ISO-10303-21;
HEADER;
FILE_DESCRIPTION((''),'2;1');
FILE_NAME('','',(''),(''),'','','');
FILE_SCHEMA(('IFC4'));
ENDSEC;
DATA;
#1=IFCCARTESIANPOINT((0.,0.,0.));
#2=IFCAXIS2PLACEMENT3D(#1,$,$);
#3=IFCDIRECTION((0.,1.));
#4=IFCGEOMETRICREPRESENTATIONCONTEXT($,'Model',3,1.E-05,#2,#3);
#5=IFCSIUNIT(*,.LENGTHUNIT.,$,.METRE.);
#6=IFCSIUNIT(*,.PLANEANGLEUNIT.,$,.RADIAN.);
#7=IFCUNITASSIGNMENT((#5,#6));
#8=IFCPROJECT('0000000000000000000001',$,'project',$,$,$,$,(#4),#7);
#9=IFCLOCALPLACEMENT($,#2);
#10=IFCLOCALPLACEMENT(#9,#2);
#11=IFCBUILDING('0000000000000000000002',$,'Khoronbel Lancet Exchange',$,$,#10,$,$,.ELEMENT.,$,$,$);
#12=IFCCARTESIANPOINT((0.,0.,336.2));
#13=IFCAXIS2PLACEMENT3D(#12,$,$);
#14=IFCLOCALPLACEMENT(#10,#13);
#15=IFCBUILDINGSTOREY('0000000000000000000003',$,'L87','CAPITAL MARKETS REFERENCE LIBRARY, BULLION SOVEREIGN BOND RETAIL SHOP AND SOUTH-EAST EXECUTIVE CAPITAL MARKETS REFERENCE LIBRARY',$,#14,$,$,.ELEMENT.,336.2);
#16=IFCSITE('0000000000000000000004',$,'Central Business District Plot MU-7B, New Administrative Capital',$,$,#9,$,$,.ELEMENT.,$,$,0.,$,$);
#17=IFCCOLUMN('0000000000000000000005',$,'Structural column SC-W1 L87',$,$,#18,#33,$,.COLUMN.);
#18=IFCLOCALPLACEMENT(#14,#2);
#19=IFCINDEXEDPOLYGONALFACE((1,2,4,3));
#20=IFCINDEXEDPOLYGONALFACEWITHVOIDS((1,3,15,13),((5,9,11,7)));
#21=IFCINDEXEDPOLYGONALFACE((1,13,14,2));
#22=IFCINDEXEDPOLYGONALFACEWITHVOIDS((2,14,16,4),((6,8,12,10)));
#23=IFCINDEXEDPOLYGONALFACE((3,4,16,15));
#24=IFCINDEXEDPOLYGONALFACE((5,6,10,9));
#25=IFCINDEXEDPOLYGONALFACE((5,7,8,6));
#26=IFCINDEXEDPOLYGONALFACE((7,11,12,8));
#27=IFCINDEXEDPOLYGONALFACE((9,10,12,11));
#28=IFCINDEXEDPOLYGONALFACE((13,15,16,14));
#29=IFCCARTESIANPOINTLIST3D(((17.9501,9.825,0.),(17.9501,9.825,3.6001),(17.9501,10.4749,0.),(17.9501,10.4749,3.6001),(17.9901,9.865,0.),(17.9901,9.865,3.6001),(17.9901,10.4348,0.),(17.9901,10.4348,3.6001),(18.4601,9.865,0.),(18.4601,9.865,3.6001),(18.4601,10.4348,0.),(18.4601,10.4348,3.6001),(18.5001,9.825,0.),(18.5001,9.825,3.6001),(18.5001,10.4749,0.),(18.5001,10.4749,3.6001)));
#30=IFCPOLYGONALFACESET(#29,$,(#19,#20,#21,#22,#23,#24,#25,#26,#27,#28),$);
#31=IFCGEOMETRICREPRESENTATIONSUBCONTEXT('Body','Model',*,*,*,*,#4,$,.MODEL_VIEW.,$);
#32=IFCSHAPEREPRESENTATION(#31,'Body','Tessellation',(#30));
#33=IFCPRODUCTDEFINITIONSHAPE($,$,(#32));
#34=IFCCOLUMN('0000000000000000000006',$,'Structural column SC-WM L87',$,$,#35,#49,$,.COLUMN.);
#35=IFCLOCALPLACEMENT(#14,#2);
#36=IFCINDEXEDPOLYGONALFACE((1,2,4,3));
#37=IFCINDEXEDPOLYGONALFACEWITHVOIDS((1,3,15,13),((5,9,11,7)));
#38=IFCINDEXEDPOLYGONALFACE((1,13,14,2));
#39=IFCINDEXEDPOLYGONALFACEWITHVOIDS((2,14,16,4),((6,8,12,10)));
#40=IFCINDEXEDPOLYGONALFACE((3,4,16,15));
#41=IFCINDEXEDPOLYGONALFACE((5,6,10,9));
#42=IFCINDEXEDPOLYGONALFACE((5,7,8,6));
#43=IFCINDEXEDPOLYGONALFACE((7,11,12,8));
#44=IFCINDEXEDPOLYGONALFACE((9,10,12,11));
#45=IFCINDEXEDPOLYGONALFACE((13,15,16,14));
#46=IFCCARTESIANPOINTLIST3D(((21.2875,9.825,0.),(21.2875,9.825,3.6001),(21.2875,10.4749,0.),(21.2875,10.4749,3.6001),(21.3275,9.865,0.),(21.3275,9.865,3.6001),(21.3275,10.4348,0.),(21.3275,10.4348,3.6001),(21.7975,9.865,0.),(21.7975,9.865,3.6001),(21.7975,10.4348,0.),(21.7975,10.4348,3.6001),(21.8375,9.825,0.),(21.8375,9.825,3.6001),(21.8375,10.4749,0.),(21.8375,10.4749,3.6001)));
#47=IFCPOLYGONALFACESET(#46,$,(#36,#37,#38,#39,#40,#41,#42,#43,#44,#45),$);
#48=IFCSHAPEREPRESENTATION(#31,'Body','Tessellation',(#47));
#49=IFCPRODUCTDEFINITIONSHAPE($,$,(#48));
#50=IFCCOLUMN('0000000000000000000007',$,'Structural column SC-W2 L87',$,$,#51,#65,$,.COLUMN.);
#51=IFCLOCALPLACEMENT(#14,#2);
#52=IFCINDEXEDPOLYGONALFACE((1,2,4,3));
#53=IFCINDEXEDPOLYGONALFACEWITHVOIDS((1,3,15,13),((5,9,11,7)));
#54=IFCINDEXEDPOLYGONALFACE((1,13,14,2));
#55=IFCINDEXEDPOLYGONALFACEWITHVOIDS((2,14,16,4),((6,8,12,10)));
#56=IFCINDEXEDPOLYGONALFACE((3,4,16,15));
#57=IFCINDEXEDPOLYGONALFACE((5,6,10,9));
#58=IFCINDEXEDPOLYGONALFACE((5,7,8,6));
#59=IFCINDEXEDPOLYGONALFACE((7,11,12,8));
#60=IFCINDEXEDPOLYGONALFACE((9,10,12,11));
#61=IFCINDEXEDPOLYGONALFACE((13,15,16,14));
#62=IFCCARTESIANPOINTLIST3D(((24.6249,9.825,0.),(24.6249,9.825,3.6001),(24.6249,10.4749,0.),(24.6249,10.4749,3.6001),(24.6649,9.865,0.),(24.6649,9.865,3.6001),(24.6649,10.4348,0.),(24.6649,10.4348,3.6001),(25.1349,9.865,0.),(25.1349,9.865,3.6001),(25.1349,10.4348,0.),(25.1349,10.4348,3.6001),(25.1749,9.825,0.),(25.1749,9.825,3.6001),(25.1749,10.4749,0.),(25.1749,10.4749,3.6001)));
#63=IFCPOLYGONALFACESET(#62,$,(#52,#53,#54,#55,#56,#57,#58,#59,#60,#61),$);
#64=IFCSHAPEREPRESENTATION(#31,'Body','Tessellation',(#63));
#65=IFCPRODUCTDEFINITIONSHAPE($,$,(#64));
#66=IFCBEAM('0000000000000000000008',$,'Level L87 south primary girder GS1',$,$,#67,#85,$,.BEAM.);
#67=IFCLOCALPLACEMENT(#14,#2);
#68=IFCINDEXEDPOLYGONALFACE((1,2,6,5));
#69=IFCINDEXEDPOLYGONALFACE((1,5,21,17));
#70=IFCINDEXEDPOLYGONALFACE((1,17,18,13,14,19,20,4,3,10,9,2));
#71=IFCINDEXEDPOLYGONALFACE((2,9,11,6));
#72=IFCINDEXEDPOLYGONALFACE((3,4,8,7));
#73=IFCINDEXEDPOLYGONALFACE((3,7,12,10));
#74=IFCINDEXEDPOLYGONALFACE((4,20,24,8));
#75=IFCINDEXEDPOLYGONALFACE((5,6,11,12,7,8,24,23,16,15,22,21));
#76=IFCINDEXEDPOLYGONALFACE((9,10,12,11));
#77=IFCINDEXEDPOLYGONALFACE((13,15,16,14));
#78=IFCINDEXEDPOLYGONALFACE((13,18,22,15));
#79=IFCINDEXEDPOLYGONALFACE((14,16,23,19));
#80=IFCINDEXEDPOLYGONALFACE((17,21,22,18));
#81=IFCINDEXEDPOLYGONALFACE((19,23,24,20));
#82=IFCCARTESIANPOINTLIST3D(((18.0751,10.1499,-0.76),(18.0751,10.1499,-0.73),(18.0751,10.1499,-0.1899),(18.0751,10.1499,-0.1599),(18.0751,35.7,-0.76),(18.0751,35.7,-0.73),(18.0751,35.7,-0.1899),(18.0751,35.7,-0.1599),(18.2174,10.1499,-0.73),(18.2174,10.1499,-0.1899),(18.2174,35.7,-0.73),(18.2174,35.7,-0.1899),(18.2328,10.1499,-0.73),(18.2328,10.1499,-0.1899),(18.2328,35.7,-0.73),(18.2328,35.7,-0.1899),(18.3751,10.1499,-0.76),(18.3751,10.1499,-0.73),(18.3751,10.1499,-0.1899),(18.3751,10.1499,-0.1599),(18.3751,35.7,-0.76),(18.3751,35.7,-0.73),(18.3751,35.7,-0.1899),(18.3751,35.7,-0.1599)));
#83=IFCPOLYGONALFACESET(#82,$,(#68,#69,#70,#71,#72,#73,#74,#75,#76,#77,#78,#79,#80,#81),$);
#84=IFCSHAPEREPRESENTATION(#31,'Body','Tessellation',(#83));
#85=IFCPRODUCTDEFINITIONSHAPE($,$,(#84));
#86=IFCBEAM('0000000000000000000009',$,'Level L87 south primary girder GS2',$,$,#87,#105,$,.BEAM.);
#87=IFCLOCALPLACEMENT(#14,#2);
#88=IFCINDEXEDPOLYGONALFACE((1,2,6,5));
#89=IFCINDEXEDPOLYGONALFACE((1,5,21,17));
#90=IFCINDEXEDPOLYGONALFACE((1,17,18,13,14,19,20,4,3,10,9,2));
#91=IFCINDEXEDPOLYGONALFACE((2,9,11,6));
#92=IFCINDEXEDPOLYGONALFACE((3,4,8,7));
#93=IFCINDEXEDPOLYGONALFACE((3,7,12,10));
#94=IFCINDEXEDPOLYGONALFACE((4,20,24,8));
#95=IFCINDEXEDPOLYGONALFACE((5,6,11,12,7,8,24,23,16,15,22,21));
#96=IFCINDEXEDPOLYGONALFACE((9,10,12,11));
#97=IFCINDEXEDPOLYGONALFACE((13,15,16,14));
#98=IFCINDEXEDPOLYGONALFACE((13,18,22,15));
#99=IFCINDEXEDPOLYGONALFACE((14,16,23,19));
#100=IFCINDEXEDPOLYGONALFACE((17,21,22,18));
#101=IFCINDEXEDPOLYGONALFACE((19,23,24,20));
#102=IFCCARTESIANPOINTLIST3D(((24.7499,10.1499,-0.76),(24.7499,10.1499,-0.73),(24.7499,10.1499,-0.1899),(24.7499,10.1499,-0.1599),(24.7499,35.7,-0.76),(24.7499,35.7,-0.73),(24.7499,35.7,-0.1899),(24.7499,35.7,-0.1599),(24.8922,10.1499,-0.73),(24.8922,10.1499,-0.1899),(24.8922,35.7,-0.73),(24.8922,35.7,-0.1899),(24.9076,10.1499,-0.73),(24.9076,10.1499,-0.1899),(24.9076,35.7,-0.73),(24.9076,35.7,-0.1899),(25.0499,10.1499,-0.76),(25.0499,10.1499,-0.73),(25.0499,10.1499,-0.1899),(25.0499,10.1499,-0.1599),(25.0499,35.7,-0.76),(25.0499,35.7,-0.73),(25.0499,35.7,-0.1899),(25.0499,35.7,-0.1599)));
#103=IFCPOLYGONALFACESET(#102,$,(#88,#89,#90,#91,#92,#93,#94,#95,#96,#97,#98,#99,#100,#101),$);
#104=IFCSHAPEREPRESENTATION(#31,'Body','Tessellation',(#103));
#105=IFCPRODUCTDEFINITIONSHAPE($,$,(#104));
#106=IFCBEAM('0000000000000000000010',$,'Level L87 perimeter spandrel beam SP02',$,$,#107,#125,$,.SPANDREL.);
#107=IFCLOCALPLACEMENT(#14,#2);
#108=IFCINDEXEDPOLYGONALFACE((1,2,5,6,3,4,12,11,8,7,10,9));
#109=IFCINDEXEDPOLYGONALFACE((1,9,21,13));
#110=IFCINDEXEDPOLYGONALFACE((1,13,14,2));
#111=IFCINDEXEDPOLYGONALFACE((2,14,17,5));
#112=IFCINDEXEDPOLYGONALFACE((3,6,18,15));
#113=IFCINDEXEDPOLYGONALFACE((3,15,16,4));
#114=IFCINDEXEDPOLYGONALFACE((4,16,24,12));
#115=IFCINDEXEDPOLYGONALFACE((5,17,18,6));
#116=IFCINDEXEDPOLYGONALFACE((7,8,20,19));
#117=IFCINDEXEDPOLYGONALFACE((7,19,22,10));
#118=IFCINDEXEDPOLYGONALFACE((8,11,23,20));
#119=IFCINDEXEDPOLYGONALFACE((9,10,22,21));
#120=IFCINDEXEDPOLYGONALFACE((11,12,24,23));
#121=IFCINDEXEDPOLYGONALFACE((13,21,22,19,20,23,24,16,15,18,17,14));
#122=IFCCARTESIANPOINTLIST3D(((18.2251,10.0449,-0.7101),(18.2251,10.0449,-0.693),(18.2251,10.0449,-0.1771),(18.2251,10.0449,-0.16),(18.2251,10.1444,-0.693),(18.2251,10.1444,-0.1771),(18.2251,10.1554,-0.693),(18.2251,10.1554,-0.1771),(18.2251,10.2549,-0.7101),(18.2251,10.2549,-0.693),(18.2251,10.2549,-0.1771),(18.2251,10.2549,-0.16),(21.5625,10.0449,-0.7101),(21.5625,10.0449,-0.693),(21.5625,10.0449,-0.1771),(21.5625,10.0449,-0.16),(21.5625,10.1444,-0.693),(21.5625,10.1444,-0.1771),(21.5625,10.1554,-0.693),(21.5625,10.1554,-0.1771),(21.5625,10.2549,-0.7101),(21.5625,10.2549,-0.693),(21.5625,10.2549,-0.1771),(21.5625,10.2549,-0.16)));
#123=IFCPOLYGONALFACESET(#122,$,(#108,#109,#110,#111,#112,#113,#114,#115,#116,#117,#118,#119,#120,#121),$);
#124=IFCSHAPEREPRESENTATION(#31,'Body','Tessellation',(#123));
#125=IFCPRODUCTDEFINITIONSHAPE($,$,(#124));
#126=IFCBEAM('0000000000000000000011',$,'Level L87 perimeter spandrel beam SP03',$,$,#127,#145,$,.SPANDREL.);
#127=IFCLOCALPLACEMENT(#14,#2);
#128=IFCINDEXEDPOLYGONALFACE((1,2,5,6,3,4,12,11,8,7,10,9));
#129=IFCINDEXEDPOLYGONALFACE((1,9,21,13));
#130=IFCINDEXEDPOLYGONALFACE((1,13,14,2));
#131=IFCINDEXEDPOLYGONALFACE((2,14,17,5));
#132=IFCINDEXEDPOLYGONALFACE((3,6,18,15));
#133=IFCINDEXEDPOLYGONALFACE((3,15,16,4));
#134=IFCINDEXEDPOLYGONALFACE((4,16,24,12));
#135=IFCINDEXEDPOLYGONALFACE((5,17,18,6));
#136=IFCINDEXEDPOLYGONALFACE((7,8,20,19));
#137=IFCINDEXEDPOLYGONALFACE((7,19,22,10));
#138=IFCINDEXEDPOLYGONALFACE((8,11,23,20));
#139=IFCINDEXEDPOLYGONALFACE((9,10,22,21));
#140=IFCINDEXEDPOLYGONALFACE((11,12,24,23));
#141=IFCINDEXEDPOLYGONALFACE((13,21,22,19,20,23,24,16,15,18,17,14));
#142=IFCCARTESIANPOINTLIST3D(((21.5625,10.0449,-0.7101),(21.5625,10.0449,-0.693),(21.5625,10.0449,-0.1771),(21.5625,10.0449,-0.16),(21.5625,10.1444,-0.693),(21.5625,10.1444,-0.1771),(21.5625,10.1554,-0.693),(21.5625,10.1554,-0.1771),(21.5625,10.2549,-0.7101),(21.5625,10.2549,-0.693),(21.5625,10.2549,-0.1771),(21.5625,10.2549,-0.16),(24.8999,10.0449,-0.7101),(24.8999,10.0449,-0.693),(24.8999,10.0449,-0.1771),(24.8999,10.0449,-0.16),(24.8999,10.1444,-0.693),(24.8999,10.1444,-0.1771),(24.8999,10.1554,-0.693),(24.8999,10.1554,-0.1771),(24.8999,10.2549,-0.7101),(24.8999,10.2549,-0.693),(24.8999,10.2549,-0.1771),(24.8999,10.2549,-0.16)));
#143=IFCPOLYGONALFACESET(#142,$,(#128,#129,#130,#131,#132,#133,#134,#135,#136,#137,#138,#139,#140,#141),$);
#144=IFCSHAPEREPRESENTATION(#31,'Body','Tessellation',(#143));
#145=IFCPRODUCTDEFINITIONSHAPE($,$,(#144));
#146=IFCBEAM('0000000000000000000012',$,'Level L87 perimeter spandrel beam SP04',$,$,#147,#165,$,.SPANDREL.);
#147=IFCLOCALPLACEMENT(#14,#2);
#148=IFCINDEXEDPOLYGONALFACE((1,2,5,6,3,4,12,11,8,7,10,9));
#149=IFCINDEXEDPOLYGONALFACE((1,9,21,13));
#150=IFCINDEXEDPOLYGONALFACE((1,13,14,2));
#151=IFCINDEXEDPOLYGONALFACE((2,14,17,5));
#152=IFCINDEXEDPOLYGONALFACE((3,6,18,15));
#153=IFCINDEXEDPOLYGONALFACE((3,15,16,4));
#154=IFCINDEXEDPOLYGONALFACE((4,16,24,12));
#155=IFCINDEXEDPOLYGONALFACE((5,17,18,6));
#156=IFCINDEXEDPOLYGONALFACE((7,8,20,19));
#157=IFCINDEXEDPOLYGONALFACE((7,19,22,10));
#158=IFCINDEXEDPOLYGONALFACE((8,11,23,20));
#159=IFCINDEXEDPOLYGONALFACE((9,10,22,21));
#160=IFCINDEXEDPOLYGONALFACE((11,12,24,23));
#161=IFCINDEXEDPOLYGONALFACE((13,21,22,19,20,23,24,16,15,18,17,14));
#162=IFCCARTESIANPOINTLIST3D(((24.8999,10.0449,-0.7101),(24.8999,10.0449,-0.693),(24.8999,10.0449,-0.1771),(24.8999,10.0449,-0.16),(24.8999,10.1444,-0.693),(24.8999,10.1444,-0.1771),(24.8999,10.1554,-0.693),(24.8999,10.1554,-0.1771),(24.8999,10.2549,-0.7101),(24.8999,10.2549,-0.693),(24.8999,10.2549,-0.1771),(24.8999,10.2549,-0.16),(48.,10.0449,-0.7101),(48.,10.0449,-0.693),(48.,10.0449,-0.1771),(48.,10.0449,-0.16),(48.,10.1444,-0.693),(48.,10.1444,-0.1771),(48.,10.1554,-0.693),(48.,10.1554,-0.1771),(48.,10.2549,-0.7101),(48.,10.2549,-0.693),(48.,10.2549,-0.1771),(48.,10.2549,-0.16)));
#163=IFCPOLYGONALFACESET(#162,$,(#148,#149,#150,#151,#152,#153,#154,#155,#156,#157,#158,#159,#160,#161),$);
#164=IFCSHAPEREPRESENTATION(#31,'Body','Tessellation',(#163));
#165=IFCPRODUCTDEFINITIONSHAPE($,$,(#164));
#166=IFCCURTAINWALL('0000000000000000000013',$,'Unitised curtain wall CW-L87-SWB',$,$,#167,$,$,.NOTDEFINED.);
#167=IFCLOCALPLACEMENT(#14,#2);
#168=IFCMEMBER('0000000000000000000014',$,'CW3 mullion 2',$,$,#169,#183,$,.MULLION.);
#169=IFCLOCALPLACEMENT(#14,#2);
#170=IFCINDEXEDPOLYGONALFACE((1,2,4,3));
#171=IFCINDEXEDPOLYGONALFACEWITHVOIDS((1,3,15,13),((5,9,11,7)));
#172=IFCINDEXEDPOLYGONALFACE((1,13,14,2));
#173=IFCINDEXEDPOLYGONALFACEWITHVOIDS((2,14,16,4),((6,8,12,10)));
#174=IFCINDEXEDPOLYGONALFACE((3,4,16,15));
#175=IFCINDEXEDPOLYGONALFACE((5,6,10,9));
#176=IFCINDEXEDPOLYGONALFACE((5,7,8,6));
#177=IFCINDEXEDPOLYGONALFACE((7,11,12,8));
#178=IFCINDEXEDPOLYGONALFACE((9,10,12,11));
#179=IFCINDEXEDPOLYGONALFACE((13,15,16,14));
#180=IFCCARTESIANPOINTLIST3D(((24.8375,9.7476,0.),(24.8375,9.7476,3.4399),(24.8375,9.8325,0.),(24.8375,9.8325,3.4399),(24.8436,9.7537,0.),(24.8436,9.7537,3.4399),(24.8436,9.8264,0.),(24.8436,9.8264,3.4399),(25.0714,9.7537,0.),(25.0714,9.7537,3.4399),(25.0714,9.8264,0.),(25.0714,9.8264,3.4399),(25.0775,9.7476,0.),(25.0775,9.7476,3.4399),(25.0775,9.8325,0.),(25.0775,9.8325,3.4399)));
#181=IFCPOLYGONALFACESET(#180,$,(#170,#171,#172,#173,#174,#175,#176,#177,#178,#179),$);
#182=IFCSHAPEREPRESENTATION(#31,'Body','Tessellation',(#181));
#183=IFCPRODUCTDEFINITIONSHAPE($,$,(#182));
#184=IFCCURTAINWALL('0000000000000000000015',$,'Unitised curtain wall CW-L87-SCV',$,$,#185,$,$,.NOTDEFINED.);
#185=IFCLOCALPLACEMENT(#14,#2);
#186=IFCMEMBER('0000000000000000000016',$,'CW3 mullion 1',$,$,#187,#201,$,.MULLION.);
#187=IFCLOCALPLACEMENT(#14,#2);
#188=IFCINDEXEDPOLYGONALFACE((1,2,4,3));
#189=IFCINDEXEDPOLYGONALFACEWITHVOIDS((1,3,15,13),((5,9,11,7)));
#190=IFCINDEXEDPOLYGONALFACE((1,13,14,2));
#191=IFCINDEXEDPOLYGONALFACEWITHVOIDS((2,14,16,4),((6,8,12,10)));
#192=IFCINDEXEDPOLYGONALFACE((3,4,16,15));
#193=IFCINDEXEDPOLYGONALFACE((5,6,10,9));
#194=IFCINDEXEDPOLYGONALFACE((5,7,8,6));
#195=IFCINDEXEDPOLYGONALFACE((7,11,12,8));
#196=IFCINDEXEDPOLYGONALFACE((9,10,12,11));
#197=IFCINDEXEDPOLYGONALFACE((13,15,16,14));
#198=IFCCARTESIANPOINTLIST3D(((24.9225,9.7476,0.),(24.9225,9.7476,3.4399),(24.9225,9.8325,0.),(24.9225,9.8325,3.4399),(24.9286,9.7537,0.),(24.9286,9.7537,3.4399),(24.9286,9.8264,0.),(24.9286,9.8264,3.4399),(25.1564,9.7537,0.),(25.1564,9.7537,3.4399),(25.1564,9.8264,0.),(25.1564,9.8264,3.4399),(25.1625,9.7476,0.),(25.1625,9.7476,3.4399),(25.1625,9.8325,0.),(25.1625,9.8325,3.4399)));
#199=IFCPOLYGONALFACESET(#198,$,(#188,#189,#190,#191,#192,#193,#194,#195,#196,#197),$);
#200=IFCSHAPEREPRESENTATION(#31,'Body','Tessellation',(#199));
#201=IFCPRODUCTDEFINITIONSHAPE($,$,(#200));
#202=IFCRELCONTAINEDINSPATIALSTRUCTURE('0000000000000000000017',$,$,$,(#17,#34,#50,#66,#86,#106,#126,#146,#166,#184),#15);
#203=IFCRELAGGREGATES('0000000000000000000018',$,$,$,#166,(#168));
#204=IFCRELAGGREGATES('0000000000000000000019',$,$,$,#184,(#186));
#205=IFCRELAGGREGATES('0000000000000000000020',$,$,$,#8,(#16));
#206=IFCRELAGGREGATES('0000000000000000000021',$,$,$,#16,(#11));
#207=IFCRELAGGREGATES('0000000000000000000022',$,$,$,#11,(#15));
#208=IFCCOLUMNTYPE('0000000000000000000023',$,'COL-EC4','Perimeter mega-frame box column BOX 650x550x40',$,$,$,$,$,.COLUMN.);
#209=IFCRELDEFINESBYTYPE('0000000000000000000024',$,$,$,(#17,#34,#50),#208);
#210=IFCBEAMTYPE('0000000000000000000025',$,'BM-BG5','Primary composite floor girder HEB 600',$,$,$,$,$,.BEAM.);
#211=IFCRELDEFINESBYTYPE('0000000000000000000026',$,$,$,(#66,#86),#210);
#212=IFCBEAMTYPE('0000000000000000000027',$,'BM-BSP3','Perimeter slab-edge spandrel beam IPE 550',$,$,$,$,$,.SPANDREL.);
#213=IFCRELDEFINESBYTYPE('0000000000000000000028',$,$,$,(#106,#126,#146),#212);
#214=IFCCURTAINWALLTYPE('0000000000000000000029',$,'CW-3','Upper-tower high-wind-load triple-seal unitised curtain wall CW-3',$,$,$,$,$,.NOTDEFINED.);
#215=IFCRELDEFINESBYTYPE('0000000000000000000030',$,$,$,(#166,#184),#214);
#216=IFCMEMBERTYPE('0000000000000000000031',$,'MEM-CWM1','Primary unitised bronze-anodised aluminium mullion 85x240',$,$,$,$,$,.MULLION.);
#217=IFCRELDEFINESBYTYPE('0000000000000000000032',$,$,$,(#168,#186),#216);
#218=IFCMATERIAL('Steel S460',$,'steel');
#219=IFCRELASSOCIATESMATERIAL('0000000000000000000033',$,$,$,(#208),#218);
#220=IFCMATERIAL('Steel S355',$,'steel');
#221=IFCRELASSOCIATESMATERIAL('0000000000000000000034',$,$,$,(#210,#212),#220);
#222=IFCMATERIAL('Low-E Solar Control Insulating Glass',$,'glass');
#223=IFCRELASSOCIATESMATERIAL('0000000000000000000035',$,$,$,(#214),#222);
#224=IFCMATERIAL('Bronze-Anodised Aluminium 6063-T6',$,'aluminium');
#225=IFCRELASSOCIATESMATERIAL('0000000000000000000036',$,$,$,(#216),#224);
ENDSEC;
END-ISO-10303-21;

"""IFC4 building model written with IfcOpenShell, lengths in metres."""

from ifc_helpers import new_model, si_unit, direction, frame, origin, origin_2d, place, context, subcontext, project, spatial, hollow_rectangle, i_section, extrude, material, material_profile, profile_set, type_object, element, aggregate, save


model = new_model("IFC4")

# Units and contexts
model_context = context("Model", 3, precision=1e-05, world=origin(), true_north=direction((0.0, 1.0)))
body_context = subcontext(model_context, "Body", "Model", "MODEL_VIEW")
ifc_project = project(units=[si_unit("LENGTHUNIT", "METRE"), si_unit("PLANEANGLEUNIT", "RADIAN")], contexts=[model_context])

# Site, building, storey
site_placement = place(None, origin())
site = spatial("IfcSite", under=ifc_project, at=site_placement, Name="Central Business District Plot MU-7B, New Administrative Capital", CompositionType="ELEMENT", RefElevation=0.0)
building_placement = place(site_placement, origin())
building = spatial("IfcBuilding", under=site, at=building_placement, Name="Khoronbel Lancet Exchange", CompositionType="ELEMENT")
storey_placement = place(building_placement, frame((0.0, 0.0, 336.2)))
storey = spatial("IfcBuildingStorey", under=building, at=storey_placement, Name="L87", Description="CAPITAL MARKETS REFERENCE LIBRARY, BULLION SOVEREIGN BOND RETAIL SHOP AND SOUTH-EAST EXECUTIVE CAPITAL MARKETS REFERENCE LIBRARY", CompositionType="ELEMENT", Elevation=336.2)

# Columns
ifc_material_1 = material(Name="Steel S460", Category="steel")
ifc_material_profile_1 = material_profile(ifc_material_1, hollow_rectangle(XDim=0.55, YDim=0.6499, WallThickness=0.04, at=origin_2d()), Name="BOX 650x550x40")
ifc_profile_set_1 = profile_set([ifc_material_profile_1], Name="Steel S460")
column_type = type_object("IfcColumnType", Name="COL-EC4", Description="Perimeter mega-frame box column BOX 650x550x40", PredefinedType="COLUMN", material=ifc_profile_set_1)
for number, where, z_axis, x_axis, name in (
    (1, (18.2251, 10.1499, 0.0), (0.0, 0.0, 1.0), (1.0, 0.0, 0.0), "Structural column SC-W1 L87"),
    (2, (21.5625, 10.1499, 0.0), (0.0, 0.0, 1.0), (1.0, 0.0, 0.0), "Structural column SC-WM L87"),
    (3, (24.8999, 10.1499, 0.0), (0.0, 0.0, 1.0), (1.0, 0.0, 0.0), "Structural column SC-W2 L87"),
):
    element("IfcColumn", number, at=place(storey_placement, frame(where, z_axis=z_axis, x_axis=x_axis)), inside=storey, type_object=column_type, Name=name, PredefinedType="COLUMN", context=body_context, shape_type="SweptSolid", body=[
        extrude(hollow_rectangle(XDim=0.55, YDim=0.6499, WallThickness=0.04, at=origin_2d()), origin(), (0.0, 0.0, 1.0), 3.6001),
    ])

# Beams
ifc_material_2 = material(Name="Steel S355", Category="steel")
ifc_material_profile_2 = material_profile(ifc_material_2, i_section(OverallWidth=0.3, OverallDepth=0.6001, WebThickness=0.0154, FlangeThickness=0.03, at=origin_2d()), Name="HEB 600")
ifc_profile_set_2 = profile_set([ifc_material_profile_2], Name="Steel S355")
beam_type_1 = type_object("IfcBeamType", Name="BM-BG5", Description="Primary composite floor girder HEB 600", PredefinedType="BEAM", material=ifc_profile_set_2)
for number, where, z_axis, x_axis, name in (
    (4, (18.2251, 10.1499, -0.46), (0.0, 1.0, 0.0), (-1.0, 0.0, 0.0), "Level L87 south primary girder GS1"),
    (5, (24.8999, 10.1499, -0.46), (0.0, 1.0, 0.0), (-1.0, 0.0, 0.0), "Level L87 south primary girder GS2"),
):
    element("IfcBeam", number, at=place(storey_placement, frame(where, z_axis=z_axis, x_axis=x_axis)), inside=storey, type_object=beam_type_1, Name=name, PredefinedType="BEAM", context=body_context, shape_type="SweptSolid", body=[
        extrude(i_section(OverallWidth=0.3, OverallDepth=0.6001, WebThickness=0.0154, FlangeThickness=0.03, at=origin_2d()), origin(), (0.0, 0.0, 1.0), 25.55),
    ])
ifc_material_profile_3 = material_profile(ifc_material_2, i_section(OverallWidth=0.21, OverallDepth=0.55, WebThickness=0.011, FlangeThickness=0.0171, at=origin_2d()), Name="IPE 550")
ifc_profile_set_3 = profile_set([ifc_material_profile_3], Name="Steel S355")
beam_type_2 = type_object("IfcBeamType", Name="BM-BSP3", Description="Perimeter slab-edge spandrel beam IPE 550", PredefinedType="SPANDREL", material=ifc_profile_set_3)
for number, where, z_axis, x_axis, name in (
    (6, (18.2251, 10.1499, -0.4351), (1.0, 0.0, 0.0), (0.0, 1.0, 0.0), "Level L87 perimeter spandrel beam SP02"),
    (7, (21.5625, 10.1499, -0.4351), (1.0, 0.0, 0.0), (0.0, 1.0, 0.0), "Level L87 perimeter spandrel beam SP03"),
):
    element("IfcBeam", number, at=place(storey_placement, frame(where, z_axis=z_axis, x_axis=x_axis)), inside=storey, type_object=beam_type_2, Name=name, PredefinedType="SPANDREL", context=body_context, shape_type="SweptSolid", body=[
        extrude(i_section(OverallWidth=0.21, OverallDepth=0.55, WebThickness=0.011, FlangeThickness=0.0171, at=origin_2d()), origin(), (0.0, 0.0, 1.0), 3.3374),
    ])
beam_placement = place(storey_placement, frame((24.8999, 10.1499, -0.4351), z_axis=(1.0, 0.0, 0.0), x_axis=(0.0, 1.0, 0.0)))
element("IfcBeam", 8, at=beam_placement, inside=storey, type_object=beam_type_2, Name="Level L87 perimeter spandrel beam SP04", PredefinedType="SPANDREL", context=body_context, shape_type="SweptSolid", body=[
    extrude(i_section(OverallWidth=0.21, OverallDepth=0.55, WebThickness=0.011, FlangeThickness=0.0171, at=origin_2d()), origin(), (0.0, 0.0, 1.0), 23.1001),
])

# Curtain wall, member
ifc_material_3 = material(Name="Low-E Solar Control Insulating Glass", Category="glass")
curtain_wall_type = type_object("IfcCurtainWallType", Name="CW-3", Description="Upper-tower high-wind-load triple-seal unitised curtain wall CW-3", PredefinedType="NOTDEFINED", material=ifc_material_3)
curtain_wall_1_placement = place(storey_placement, origin())
curtain_wall_1 = element("IfcCurtainWall", 9, at=curtain_wall_1_placement, inside=storey, type_object=curtain_wall_type, Name="Unitised curtain wall CW-L87-SWB", PredefinedType="NOTDEFINED")
ifc_material_4 = material(Name="Bronze-Anodised Aluminium 6063-T6", Category="aluminium")
ifc_material_profile_4 = material_profile(ifc_material_4, hollow_rectangle(XDim=0.085, YDim=0.24, WallThickness=0.0061, at=origin_2d()), Name="ALU MULLION 85x240")
ifc_profile_set_4 = profile_set([ifc_material_profile_4], Name="Bronze-Anodised Aluminium 6063-T6")
member_type_1 = type_object("IfcMemberType", Name="MEM-CWM1", Description="Primary unitised bronze-anodised aluminium mullion 85x240", PredefinedType="MULLION", material=ifc_profile_set_4)
member_1_placement = place(storey_placement, frame((24.9575, 9.79, 0.0), z_axis=(0.0, 0.0, 1.0), x_axis=(0.0, 1.0, 0.0)))
member_1 = element("IfcMember", 10, at=member_1_placement, type_object=member_type_1, Name="CW3 mullion 2", PredefinedType="MULLION", context=body_context, shape_type="SweptSolid", body=[
    extrude(hollow_rectangle(XDim=0.085, YDim=0.24, WallThickness=0.0061, at=origin_2d()), origin(), (0.0, 0.0, 1.0), 3.4399),
])

# Curtain wall, member
curtain_wall_2_placement = place(storey_placement, origin())
curtain_wall_2 = element("IfcCurtainWall", 11, at=curtain_wall_2_placement, inside=storey, type_object=curtain_wall_type, Name="Unitised curtain wall CW-L87-SCV", PredefinedType="NOTDEFINED")
member_2_placement = place(storey_placement, frame((25.0425, 9.79, 0.0), z_axis=(0.0, 0.0, 1.0), x_axis=(0.0, 1.0, 0.0)))
member_2 = element("IfcMember", 12, at=member_2_placement, type_object=member_type_1, Name="CW3 mullion 1", PredefinedType="MULLION", context=body_context, shape_type="SweptSolid", body=[
    extrude(hollow_rectangle(XDim=0.085, YDim=0.24, WallThickness=0.0061, at=origin_2d()), origin(), (0.0, 0.0, 1.0), 3.4399),
])

aggregate(curtain_wall_1, [member_1])
aggregate(curtain_wall_2, [member_2])

save(model, "model.ifc")
